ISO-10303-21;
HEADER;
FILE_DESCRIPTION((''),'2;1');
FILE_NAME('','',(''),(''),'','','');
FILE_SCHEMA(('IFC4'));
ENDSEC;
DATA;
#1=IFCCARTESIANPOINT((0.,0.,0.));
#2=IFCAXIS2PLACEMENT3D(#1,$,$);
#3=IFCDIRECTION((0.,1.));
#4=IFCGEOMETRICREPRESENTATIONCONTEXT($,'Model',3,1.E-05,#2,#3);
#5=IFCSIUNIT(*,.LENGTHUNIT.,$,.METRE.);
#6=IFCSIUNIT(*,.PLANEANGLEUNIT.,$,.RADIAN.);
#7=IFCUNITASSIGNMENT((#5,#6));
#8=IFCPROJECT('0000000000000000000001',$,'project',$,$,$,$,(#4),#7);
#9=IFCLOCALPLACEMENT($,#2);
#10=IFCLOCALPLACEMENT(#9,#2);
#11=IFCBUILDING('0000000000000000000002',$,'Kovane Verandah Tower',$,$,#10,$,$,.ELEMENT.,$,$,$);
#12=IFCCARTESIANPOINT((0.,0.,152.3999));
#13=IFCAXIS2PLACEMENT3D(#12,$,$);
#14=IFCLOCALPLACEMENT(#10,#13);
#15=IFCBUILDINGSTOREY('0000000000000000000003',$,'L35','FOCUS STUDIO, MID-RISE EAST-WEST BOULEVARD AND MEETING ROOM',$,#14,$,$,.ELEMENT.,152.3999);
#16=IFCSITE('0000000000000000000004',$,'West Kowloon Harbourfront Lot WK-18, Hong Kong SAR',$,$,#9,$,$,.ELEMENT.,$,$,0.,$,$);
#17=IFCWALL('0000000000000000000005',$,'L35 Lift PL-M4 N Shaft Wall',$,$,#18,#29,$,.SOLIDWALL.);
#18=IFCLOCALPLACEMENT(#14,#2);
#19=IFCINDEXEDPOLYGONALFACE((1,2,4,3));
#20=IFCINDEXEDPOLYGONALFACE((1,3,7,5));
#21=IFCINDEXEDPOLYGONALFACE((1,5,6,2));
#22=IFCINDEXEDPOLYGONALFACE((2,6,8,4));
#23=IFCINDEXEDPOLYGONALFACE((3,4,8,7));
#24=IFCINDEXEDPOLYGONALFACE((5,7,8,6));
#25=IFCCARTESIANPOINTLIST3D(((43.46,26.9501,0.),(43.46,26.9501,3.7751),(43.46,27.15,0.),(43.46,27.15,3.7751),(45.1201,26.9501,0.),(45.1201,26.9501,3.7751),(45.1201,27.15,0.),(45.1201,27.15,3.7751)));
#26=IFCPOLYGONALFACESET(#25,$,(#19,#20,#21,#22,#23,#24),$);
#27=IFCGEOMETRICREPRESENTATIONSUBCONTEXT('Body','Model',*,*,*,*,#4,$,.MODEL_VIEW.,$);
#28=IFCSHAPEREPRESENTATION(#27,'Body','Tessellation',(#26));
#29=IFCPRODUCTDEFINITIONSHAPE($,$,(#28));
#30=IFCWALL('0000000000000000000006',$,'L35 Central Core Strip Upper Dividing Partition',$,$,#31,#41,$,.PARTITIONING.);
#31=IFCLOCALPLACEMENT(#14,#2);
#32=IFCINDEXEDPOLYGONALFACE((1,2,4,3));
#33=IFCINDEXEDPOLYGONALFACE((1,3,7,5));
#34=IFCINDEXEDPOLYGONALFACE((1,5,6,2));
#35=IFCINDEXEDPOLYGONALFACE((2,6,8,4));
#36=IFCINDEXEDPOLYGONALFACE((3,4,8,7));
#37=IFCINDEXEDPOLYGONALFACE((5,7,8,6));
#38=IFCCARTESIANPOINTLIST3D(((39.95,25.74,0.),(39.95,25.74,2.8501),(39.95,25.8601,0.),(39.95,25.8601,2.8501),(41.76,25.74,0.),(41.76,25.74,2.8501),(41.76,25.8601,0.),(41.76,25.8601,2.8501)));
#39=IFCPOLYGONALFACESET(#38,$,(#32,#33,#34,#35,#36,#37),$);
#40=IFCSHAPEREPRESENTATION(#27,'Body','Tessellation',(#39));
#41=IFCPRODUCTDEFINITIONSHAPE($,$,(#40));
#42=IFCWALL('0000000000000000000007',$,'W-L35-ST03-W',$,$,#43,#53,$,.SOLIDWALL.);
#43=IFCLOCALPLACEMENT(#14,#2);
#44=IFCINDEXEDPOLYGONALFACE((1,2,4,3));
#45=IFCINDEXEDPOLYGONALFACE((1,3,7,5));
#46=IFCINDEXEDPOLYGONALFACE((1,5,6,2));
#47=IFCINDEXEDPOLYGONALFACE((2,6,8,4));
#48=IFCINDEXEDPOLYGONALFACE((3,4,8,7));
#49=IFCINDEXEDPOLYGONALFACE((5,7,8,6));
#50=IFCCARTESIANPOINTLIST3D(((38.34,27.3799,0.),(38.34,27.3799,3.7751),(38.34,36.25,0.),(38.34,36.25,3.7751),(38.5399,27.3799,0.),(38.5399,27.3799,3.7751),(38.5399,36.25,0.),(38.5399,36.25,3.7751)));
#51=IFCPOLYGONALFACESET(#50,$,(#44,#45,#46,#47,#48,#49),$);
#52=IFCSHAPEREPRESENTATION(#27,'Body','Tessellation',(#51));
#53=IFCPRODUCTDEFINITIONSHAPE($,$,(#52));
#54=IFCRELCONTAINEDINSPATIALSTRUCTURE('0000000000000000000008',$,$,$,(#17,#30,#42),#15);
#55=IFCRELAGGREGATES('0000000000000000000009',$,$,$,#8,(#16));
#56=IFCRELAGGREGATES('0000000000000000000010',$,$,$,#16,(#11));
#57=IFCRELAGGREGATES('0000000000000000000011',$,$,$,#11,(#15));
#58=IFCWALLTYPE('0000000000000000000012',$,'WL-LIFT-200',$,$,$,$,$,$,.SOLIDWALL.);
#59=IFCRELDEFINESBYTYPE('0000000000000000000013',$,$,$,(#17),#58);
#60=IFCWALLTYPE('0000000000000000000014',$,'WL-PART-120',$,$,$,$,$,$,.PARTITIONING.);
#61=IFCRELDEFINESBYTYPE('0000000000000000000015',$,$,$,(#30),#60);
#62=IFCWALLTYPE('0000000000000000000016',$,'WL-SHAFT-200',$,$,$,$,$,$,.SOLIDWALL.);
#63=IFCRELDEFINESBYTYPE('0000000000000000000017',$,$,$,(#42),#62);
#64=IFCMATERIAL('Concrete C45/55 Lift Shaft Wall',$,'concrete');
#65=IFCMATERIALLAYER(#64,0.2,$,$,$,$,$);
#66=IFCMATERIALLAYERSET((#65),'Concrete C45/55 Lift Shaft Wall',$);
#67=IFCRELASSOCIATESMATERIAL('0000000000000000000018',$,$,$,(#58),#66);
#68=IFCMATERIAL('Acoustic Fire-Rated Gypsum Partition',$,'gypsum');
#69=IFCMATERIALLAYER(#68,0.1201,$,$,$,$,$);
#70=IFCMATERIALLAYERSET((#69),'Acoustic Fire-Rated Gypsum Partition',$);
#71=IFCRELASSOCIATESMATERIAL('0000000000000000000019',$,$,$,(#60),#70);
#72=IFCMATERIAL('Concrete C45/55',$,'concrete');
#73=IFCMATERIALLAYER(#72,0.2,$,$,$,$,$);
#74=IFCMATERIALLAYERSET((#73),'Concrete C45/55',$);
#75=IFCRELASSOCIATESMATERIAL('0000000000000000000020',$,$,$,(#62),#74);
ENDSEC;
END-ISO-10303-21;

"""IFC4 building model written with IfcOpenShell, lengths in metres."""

from ifc_helpers import new_model, si_unit, direction, frame, frame_2d, origin, place, context, subcontext, project, spatial, rectangle, extrude, material, layer, layer_set, type_object, element, save


model = new_model("IFC4")

# Units and contexts
model_context = context("Model", 3, precision=1e-05, world=origin(), true_north=direction((0.0, 1.0)))
body_context = subcontext(model_context, "Body", "Model", "MODEL_VIEW")
ifc_project = project(units=[si_unit("LENGTHUNIT", "METRE"), si_unit("PLANEANGLEUNIT", "RADIAN")], contexts=[model_context])

# Site, building, storey
site_placement = place(None, origin())
site = spatial("IfcSite", under=ifc_project, at=site_placement, Name="West Kowloon Harbourfront Lot WK-18, Hong Kong SAR", CompositionType="ELEMENT", RefElevation=0.0)
building_placement = place(site_placement, origin())
building = spatial("IfcBuilding", under=site, at=building_placement, Name="Kovane Verandah Tower", CompositionType="ELEMENT")
storey_placement = place(building_placement, frame((0.0, 0.0, 152.3999)))
storey = spatial("IfcBuildingStorey", under=building, at=storey_placement, Name="L35", Description="FOCUS STUDIO, MID-RISE EAST-WEST BOULEVARD AND MEETING ROOM", CompositionType="ELEMENT", Elevation=152.3999)

# Shared definitions
ifc_material_1 = material(Name="Concrete C45/55 Lift Shaft Wall", Category="concrete")
ifc_layer_1 = layer(ifc_material_1, 0.2)
ifc_layer_set_1 = layer_set([ifc_layer_1], Name="Concrete C45/55 Lift Shaft Wall")
wall_type_1 = type_object("IfcWallType", Name="WL-LIFT-200", PredefinedType="SOLIDWALL", material=ifc_layer_set_1)

# Walls
wall_1_placement = place(storey_placement, frame((45.1201, 27.05, 0.0), z_axis=(0.0, 0.0, 1.0), x_axis=(-1.0, 0.0, 0.0)))
element("IfcWall", 1, at=wall_1_placement, inside=storey, type_object=wall_type_1, Name="L35 Lift PL-M4 N Shaft Wall", PredefinedType="SOLIDWALL", context=body_context, shape_type="SweptSolid", body=[
    extrude(rectangle(XDim=1.6602, YDim=0.2, at=frame_2d((0.8301, 0.0))), origin(), (0.0, 0.0, 1.0), 3.7751),
])
ifc_material_2 = material(Name="Acoustic Fire-Rated Gypsum Partition", Category="gypsum")
ifc_layer_2 = layer(ifc_material_2, 0.1201)
ifc_layer_set_2 = layer_set([ifc_layer_2], Name="Acoustic Fire-Rated Gypsum Partition")
wall_type_2 = type_object("IfcWallType", Name="WL-PART-120", PredefinedType="PARTITIONING", material=ifc_layer_set_2)
wall_2_placement = place(storey_placement, frame((39.95, 25.8, 0.0), z_axis=(0.0, 0.0, 1.0), x_axis=(1.0, 0.0, 0.0)))
element("IfcWall", 2, at=wall_2_placement, inside=storey, type_object=wall_type_2, Name="L35 Central Core Strip Upper Dividing Partition", PredefinedType="PARTITIONING", context=body_context, shape_type="SweptSolid", body=[
    extrude(rectangle(XDim=1.8101, YDim=0.1201, at=frame_2d((0.905, 0.0))), origin(), (0.0, 0.0, 1.0), 2.8501),
])
ifc_material_3 = material(Name="Concrete C45/55", Category="concrete")
ifc_layer_3 = layer(ifc_material_3, 0.2)
ifc_layer_set_3 = layer_set([ifc_layer_3], Name="Concrete C45/55")
wall_type_3 = type_object("IfcWallType", Name="WL-SHAFT-200", PredefinedType="SOLIDWALL", material=ifc_layer_set_3)
wall_3_placement = place(storey_placement, frame((38.4399, 27.3799, 0.0), z_axis=(0.0, 0.0, 1.0), x_axis=(0.0, 1.0, 0.0)))
element("IfcWall", 3, at=wall_3_placement, inside=storey, type_object=wall_type_3, Name="W-L35-ST03-W", PredefinedType="SOLIDWALL", context=body_context, shape_type="SweptSolid", body=[
    extrude(rectangle(XDim=8.8701, YDim=0.2, at=frame_2d((4.4351, 0.0))), origin(), (0.0, 0.0, 1.0), 3.7751),
])

save(model, "model.ifc")
